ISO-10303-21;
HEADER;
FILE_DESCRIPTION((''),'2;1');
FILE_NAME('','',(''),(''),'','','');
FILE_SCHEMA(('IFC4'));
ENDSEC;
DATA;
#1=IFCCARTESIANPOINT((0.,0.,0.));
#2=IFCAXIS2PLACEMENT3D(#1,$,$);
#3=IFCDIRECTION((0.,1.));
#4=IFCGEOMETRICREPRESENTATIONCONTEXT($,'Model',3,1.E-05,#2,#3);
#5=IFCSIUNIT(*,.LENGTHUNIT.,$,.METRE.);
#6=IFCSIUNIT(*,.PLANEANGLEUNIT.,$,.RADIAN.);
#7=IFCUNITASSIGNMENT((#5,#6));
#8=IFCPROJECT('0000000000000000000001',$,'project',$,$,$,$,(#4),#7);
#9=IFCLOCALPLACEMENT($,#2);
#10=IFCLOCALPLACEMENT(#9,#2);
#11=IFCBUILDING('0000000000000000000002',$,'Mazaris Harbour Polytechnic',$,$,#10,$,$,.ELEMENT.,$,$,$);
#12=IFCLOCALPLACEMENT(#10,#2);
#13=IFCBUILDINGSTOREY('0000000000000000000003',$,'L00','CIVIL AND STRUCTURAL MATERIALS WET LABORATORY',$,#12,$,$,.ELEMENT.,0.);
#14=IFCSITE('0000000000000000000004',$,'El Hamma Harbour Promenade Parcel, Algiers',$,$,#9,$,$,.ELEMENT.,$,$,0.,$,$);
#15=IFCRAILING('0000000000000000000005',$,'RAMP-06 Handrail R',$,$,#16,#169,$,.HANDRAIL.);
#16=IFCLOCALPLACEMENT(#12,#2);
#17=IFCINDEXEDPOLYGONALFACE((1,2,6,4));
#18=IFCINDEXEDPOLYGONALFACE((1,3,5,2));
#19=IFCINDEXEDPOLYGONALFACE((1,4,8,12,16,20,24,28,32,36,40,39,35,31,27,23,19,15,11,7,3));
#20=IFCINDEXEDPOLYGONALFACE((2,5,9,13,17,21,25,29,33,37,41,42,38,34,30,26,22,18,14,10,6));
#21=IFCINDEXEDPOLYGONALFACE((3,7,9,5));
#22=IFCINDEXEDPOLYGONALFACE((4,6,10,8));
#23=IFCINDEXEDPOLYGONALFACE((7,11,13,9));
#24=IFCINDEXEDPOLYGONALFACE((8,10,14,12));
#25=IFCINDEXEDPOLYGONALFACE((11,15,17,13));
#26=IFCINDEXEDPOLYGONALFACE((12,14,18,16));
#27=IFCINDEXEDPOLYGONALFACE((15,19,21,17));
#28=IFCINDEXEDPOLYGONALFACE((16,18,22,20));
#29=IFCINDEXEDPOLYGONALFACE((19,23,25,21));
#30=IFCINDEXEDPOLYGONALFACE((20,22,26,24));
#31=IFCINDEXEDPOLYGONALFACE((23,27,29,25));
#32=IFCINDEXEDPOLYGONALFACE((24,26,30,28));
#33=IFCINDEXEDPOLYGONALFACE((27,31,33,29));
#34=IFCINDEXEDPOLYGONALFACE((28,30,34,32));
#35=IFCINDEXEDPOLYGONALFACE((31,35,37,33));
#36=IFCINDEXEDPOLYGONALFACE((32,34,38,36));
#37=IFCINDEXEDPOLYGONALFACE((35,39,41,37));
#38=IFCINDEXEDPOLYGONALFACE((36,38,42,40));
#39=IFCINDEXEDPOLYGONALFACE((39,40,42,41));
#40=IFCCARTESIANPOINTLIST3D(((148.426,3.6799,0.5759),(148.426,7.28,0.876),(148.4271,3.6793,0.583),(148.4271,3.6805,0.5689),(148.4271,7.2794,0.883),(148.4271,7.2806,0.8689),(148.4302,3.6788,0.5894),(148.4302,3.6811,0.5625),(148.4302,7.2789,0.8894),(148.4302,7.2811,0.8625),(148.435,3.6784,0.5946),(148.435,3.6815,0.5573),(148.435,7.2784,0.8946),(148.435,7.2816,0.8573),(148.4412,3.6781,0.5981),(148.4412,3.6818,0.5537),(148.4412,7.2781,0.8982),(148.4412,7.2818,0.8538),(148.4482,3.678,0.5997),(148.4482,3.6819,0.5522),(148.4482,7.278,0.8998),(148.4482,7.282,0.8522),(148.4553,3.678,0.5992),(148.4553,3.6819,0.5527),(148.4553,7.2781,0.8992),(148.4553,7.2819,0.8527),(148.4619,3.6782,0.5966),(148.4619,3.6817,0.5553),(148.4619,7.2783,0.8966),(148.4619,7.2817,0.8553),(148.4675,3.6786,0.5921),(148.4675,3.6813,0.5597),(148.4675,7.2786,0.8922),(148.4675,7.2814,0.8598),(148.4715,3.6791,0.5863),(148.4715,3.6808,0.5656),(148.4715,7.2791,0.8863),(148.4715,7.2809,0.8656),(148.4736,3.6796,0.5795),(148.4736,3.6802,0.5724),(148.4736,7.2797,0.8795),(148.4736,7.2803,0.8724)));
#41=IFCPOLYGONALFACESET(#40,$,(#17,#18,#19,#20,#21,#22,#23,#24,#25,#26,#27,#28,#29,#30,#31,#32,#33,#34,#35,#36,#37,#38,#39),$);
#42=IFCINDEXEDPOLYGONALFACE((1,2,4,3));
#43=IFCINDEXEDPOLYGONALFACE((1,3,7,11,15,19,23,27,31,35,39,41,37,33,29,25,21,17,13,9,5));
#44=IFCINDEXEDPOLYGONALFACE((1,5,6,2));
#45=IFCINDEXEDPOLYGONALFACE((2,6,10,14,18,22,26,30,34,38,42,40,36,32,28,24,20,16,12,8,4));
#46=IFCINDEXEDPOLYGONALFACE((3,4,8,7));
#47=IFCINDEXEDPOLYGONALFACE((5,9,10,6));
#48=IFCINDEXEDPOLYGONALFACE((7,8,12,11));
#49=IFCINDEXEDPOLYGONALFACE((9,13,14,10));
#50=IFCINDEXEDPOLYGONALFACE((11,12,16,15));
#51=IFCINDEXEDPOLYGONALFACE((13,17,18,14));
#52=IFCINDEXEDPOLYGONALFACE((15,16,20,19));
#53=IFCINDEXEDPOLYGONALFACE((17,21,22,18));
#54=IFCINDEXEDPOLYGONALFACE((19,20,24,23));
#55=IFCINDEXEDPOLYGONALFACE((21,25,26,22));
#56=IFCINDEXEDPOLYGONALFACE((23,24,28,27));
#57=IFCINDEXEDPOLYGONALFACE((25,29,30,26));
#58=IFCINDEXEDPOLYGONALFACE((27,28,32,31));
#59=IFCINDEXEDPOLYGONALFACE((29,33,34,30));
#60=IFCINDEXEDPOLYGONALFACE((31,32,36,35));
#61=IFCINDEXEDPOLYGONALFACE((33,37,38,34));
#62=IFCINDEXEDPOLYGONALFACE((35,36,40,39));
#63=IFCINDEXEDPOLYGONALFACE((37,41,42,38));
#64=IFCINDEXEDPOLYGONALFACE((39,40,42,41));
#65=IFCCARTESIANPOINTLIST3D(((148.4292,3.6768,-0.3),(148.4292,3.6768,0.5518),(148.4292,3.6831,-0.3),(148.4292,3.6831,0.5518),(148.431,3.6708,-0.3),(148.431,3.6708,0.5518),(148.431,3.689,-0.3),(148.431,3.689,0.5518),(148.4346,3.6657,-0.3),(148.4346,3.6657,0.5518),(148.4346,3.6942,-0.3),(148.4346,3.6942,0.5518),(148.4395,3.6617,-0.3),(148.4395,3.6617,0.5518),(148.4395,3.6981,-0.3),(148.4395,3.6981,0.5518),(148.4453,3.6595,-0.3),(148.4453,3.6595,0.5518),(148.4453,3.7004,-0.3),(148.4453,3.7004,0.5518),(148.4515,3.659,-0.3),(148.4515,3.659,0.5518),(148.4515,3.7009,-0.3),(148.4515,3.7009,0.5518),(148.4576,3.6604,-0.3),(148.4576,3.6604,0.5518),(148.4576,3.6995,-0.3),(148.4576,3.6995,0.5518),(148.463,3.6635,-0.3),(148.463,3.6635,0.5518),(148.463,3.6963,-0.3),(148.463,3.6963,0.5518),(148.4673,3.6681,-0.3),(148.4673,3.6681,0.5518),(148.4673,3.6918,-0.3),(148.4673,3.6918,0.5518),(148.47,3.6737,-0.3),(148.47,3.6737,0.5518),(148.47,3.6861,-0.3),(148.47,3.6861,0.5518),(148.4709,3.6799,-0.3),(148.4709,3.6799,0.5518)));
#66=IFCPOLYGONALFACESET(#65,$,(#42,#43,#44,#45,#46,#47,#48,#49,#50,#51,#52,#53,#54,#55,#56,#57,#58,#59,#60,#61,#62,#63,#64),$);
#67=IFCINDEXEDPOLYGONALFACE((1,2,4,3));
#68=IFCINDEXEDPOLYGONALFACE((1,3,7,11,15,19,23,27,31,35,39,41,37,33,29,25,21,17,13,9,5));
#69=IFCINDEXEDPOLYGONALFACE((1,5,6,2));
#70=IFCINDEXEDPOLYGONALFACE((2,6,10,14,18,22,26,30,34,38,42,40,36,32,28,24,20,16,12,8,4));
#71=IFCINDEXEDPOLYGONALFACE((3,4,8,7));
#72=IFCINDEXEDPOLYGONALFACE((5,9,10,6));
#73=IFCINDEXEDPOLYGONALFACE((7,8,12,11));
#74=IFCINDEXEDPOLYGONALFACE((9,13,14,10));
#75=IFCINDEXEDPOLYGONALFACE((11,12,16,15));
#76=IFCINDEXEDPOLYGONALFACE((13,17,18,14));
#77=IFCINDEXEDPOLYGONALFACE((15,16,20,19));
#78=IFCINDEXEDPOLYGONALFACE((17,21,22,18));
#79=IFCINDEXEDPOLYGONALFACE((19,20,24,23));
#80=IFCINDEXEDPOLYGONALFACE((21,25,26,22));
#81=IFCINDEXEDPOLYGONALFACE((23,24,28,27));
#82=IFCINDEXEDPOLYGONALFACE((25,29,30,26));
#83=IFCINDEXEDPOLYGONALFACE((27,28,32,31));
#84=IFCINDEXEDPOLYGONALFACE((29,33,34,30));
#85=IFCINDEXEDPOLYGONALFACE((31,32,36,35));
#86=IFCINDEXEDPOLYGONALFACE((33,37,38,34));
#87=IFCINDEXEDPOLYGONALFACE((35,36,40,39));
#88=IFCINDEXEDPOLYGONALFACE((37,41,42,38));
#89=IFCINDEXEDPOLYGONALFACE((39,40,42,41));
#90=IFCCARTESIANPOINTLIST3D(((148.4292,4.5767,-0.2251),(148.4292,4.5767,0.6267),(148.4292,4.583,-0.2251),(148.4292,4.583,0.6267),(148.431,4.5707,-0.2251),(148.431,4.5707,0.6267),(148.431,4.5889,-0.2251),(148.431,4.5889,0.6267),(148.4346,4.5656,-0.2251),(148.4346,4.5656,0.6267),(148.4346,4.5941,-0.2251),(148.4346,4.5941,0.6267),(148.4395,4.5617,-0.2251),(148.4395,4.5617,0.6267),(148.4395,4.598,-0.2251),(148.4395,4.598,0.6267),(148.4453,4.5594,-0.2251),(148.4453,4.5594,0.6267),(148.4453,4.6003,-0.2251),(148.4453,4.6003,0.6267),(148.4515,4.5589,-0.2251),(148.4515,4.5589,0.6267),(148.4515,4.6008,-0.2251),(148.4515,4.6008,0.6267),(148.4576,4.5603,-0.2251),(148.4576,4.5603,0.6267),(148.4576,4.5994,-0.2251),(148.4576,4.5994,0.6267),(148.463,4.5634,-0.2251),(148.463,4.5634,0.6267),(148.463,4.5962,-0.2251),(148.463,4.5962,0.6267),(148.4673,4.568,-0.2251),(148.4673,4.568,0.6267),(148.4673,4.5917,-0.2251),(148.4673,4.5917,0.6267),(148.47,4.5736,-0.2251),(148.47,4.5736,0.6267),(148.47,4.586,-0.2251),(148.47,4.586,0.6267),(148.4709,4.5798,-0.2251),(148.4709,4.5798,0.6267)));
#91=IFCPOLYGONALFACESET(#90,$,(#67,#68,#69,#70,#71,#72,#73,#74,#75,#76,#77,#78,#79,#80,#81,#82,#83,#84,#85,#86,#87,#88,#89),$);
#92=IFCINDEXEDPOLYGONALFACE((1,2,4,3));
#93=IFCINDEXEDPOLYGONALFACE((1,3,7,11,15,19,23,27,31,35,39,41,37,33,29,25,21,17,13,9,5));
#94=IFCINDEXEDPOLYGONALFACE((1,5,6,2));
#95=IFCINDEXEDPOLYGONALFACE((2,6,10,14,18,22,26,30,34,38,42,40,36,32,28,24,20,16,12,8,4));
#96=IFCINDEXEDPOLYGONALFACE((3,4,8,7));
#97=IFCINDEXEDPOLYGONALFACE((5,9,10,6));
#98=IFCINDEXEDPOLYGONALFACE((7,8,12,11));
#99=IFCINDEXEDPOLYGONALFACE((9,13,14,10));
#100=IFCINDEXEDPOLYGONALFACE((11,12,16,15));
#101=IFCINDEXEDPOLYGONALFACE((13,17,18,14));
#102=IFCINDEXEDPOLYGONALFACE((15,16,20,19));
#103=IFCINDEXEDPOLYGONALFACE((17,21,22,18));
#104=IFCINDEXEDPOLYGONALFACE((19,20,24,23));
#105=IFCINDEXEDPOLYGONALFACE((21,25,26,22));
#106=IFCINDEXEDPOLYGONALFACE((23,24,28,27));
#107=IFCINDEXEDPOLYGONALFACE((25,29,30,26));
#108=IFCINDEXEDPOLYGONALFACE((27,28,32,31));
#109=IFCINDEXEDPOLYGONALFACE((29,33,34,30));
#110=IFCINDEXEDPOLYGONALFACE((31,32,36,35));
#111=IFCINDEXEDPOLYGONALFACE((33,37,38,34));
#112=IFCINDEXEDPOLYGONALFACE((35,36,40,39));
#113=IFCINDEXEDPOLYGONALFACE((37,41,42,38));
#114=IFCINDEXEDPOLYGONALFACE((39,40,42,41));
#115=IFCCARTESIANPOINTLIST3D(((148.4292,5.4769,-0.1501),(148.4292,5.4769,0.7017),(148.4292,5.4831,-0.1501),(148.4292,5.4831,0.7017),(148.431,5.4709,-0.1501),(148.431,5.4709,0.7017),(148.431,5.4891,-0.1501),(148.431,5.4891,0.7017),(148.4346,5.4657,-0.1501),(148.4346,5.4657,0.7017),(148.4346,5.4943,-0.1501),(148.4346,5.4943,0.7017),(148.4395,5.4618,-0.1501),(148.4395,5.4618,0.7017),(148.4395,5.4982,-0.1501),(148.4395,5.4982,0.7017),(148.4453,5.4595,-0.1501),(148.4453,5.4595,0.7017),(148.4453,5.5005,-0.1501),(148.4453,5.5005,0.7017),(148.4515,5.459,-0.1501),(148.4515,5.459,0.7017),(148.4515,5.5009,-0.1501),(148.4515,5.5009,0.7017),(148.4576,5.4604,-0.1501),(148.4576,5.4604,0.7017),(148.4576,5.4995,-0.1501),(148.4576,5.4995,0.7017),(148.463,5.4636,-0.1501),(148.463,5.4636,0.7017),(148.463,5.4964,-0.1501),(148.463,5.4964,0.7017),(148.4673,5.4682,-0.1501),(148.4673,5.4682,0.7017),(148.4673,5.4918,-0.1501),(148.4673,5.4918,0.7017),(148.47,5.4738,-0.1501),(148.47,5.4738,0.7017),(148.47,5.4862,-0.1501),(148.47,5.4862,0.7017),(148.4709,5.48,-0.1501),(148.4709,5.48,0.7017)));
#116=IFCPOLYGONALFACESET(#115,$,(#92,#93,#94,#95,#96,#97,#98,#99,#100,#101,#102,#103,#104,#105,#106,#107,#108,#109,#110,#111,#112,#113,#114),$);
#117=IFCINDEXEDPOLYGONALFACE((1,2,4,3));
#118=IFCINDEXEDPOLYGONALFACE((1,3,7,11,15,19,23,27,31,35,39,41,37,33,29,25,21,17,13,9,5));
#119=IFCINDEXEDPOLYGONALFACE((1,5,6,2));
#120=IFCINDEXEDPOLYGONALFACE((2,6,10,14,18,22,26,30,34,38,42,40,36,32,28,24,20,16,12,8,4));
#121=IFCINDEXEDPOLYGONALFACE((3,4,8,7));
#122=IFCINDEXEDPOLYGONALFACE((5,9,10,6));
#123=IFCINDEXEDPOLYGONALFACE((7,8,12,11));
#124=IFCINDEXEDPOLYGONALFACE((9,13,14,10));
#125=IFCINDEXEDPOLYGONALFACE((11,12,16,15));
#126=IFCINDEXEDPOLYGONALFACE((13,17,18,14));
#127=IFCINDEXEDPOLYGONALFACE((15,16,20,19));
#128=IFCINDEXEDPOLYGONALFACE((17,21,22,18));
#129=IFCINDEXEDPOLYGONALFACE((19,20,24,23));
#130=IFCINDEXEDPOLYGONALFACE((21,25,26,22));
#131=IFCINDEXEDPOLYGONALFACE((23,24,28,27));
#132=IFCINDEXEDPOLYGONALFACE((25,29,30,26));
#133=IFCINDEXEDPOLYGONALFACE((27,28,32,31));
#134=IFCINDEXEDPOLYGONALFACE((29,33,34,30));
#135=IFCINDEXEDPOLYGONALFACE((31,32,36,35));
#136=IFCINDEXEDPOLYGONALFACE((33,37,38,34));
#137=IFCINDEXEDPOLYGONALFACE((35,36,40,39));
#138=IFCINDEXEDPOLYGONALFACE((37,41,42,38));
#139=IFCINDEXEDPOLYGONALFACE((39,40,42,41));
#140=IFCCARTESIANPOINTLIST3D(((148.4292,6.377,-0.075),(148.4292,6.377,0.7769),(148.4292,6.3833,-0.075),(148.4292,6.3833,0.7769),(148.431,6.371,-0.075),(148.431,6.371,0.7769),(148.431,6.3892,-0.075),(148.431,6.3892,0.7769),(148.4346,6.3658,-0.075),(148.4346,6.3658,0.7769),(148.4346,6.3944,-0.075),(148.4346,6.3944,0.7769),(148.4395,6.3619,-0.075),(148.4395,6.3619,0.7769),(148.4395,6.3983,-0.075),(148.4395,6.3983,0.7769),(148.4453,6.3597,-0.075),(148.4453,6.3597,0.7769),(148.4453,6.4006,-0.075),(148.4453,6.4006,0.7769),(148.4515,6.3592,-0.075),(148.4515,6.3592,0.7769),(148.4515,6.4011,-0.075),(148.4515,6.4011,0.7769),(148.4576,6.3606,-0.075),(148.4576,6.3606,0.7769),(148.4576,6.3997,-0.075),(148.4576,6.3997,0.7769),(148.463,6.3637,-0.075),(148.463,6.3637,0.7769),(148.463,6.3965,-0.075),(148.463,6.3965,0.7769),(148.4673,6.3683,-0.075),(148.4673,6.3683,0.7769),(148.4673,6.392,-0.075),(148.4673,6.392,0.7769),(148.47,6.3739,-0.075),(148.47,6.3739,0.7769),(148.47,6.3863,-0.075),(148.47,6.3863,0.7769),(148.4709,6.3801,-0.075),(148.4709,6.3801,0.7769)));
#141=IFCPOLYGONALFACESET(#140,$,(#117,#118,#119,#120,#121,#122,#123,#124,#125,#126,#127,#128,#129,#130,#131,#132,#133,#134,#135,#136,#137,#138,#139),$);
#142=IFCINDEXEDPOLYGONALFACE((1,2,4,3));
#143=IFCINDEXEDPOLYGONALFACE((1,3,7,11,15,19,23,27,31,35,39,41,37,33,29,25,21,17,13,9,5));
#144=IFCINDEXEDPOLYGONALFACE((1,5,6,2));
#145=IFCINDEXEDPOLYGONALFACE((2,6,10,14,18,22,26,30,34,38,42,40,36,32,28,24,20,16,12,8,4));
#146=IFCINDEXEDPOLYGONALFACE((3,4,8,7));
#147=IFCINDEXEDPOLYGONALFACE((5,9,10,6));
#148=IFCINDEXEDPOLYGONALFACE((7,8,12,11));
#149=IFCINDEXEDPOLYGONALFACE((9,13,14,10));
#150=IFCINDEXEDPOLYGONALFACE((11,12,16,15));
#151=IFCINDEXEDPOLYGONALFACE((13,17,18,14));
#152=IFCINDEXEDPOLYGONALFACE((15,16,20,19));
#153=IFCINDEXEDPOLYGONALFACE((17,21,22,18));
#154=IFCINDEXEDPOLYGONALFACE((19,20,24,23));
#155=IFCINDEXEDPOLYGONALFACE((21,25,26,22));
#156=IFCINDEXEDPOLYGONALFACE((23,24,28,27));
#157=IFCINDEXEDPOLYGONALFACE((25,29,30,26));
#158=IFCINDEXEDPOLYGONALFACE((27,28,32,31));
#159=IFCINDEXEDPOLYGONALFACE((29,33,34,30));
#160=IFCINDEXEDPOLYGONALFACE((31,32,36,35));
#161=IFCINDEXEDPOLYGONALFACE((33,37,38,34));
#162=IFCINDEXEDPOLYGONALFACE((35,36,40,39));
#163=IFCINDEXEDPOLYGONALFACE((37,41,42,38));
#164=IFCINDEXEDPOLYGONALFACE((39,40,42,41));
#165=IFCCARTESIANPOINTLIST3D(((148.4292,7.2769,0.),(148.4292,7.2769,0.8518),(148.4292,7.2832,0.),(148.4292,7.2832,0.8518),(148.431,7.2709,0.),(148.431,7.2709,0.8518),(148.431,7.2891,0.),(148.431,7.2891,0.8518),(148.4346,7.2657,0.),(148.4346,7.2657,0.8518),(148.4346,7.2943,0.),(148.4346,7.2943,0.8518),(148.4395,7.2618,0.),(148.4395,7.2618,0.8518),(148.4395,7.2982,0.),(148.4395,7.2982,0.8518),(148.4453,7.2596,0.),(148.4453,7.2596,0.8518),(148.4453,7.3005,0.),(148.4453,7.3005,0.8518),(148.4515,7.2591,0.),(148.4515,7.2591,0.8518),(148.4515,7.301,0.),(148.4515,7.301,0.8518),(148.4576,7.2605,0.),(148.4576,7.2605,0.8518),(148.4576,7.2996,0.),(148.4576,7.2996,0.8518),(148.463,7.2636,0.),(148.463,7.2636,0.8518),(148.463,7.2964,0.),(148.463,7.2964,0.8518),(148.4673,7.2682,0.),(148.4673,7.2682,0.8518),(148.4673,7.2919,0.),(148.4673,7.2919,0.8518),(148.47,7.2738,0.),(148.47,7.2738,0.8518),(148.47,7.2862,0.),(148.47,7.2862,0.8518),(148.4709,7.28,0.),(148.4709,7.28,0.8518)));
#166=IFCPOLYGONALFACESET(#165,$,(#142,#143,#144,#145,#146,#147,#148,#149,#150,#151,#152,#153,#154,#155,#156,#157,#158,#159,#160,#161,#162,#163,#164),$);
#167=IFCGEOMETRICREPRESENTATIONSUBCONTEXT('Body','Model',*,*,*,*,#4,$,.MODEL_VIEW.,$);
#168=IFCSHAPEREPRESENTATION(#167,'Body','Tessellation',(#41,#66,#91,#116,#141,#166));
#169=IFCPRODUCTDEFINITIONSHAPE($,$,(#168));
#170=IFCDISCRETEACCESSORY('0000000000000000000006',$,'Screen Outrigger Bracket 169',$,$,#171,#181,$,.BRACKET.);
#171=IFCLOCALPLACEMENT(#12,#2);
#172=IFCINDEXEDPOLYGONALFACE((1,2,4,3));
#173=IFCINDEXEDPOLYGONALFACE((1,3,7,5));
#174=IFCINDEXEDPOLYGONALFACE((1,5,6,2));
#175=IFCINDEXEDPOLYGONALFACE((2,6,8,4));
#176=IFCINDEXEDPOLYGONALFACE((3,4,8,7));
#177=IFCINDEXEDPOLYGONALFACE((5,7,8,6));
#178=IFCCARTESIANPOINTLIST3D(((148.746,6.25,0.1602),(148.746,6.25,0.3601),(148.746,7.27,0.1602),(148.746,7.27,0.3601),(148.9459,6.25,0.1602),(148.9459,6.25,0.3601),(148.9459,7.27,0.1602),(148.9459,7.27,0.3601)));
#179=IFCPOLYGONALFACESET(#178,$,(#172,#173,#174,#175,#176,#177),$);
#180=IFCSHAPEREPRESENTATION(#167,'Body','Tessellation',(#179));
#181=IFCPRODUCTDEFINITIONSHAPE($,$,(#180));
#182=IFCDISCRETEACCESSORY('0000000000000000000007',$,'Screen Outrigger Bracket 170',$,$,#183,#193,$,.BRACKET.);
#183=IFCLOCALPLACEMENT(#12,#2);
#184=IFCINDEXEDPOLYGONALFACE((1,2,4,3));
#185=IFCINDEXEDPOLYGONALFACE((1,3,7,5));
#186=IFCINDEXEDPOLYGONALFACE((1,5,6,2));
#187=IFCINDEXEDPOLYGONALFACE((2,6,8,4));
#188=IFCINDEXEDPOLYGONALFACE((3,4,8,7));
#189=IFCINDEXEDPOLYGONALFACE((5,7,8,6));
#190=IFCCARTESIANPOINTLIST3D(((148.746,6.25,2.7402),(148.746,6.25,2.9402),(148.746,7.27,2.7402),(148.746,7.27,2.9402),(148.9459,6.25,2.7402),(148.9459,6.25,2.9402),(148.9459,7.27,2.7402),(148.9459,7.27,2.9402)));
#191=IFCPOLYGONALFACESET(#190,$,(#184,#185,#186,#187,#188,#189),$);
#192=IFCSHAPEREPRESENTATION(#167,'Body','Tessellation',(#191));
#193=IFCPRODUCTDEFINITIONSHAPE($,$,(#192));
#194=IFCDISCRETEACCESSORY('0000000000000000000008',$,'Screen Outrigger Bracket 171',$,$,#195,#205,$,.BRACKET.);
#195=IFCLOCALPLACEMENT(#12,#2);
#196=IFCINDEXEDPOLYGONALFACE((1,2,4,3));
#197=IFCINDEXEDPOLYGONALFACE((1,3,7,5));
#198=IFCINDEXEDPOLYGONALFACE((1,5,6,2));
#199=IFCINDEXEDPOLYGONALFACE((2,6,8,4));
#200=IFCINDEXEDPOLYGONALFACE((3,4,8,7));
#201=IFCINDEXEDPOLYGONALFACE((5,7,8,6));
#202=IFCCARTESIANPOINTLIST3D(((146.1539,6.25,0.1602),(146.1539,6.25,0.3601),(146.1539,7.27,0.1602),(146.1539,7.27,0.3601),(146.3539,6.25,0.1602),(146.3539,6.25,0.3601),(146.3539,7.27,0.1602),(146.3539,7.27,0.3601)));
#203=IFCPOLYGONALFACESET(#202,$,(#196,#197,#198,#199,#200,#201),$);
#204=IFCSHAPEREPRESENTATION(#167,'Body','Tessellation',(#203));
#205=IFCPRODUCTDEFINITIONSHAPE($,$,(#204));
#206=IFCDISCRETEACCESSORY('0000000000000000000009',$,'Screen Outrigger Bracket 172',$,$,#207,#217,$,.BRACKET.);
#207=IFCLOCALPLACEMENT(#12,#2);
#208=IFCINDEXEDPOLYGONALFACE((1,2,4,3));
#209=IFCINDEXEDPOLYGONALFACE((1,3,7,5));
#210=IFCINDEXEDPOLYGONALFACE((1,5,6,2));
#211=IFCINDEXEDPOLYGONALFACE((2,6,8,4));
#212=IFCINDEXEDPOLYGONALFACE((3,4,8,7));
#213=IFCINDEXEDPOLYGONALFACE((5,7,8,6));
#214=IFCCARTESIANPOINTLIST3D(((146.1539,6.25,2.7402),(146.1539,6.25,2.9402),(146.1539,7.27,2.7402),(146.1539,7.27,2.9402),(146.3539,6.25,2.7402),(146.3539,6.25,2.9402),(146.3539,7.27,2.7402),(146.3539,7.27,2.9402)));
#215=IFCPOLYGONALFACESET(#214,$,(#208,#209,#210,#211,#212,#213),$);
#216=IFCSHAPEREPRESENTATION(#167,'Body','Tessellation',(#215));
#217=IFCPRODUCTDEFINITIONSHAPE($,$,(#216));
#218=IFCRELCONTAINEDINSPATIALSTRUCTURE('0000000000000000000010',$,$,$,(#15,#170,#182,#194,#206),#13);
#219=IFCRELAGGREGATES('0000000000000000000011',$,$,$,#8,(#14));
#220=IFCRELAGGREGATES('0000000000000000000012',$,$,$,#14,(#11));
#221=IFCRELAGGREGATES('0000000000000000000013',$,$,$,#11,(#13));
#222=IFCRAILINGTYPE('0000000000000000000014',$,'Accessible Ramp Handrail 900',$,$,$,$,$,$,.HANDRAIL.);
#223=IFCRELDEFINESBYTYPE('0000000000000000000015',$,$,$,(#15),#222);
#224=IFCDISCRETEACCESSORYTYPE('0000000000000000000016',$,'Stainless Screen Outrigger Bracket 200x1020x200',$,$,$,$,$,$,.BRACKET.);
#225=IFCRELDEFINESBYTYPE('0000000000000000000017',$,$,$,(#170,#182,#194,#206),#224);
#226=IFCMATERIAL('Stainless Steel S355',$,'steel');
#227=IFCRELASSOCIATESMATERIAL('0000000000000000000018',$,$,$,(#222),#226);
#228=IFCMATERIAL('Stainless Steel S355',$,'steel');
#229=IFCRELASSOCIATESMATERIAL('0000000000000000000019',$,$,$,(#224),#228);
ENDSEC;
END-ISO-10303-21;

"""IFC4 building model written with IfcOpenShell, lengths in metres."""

from ifc_helpers import new_model, si_unit, direction, frame, origin, origin_2d, place, context, subcontext, project, spatial, rectangle, circle, extrude, material, type_object, element, save


model = new_model("IFC4")

# Units and contexts
model_context = context("Model", 3, precision=1e-05, world=origin(), true_north=direction((0.0, 1.0)))
body_context = subcontext(model_context, "Body", "Model", "MODEL_VIEW")
ifc_project = project(units=[si_unit("LENGTHUNIT", "METRE"), si_unit("PLANEANGLEUNIT", "RADIAN")], contexts=[model_context])

# Site, building, storey
site_placement = place(None, origin())
site = spatial("IfcSite", under=ifc_project, at=site_placement, Name="El Hamma Harbour Promenade Parcel, Algiers", CompositionType="ELEMENT", RefElevation=0.0)
building_placement = place(site_placement, origin())
building = spatial("IfcBuilding", under=site, at=building_placement, Name="Mazaris Harbour Polytechnic", CompositionType="ELEMENT")
storey_placement = place(building_placement, origin())
storey = spatial("IfcBuildingStorey", under=building, at=storey_placement, Name="L00", Description="CIVIL AND STRUCTURAL MATERIALS WET LABORATORY", CompositionType="ELEMENT", Elevation=0.0)

# Railing
ifc_material_1 = material(Name="Stainless Steel S355", Category="steel")
railing_type_1 = type_object("IfcRailingType", Name="Accessible Ramp Handrail 900", PredefinedType="HANDRAIL", material=ifc_material_1)
for number, where, name in (
    (1, (148.45, 3.6799, -0.3), "RAMP-06 Handrail R"),
):
    element("IfcRailing", number, at=place(storey_placement, frame(where)), inside=storey, type_object=railing_type_1, Name=name, PredefinedType="HANDRAIL", context=body_context, shape_type="SweptSolid", body=[
        extrude(circle(Radius=0.0239, at=origin_2d()), frame((0.0, 0.0, 0.876), z_axis=(0.0, 0.996545, 0.083057), x_axis=(-1.0, 0.0, 0.0)), (0.0, 0.0, 1.0), 3.6125),
        extrude(circle(Radius=0.021, at=origin_2d()), origin(), (0.0, 0.0, 1.0), 0.8518),
        extrude(circle(Radius=0.021, at=origin_2d()), frame((0.0, 0.8999, 0.075)), (0.0, 0.0, 1.0), 0.8518),
        extrude(circle(Radius=0.021, at=origin_2d()), frame((0.0, 1.8, 0.1499)), (0.0, 0.0, 1.0), 0.8518),
        extrude(circle(Radius=0.021, at=origin_2d()), frame((0.0, 2.7002, 0.2251)), (0.0, 0.0, 1.0), 0.8518),
        extrude(circle(Radius=0.021, at=origin_2d()), frame((0.0, 3.6001, 0.3)), (0.0, 0.0, 1.0), 0.8518),
    ])

# Discrete accessories
ifc_material_2 = material(Name="Stainless Steel S355", Category="steel")
discrete_accessory_type = type_object("IfcDiscreteAccessoryType", Name="Stainless Screen Outrigger Bracket 200x1020x200", PredefinedType="BRACKET", material=ifc_material_2)
for number, where, z_axis, x_axis, name in (
    (2, (148.8459, 6.76, 0.1602), (0.0, 0.0, 1.0), (-1.0, 0.0, 0.0), "Screen Outrigger Bracket 169"),
    (3, (148.8459, 6.76, 2.7402), (0.0, 0.0, 1.0), (-1.0, 0.0, 0.0), "Screen Outrigger Bracket 170"),
    (4, (146.2539, 6.76, 0.1602), (0.0, 0.0, 1.0), (-1.0, 0.0, 0.0), "Screen Outrigger Bracket 171"),
    (5, (146.2539, 6.76, 2.7402), (0.0, 0.0, 1.0), (-1.0, 0.0, 0.0), "Screen Outrigger Bracket 172"),
):
    element("IfcDiscreteAccessory", number, at=place(storey_placement, frame(where, z_axis=z_axis, x_axis=x_axis)), inside=storey, type_object=discrete_accessory_type, Name=name, PredefinedType="BRACKET", context=body_context, shape_type="SweptSolid", body=[
        extrude(rectangle(XDim=0.2, YDim=1.02, at=origin_2d()), origin(), (0.0, 0.0, 1.0), 0.2),
    ])

save(model, "model.ifc")
